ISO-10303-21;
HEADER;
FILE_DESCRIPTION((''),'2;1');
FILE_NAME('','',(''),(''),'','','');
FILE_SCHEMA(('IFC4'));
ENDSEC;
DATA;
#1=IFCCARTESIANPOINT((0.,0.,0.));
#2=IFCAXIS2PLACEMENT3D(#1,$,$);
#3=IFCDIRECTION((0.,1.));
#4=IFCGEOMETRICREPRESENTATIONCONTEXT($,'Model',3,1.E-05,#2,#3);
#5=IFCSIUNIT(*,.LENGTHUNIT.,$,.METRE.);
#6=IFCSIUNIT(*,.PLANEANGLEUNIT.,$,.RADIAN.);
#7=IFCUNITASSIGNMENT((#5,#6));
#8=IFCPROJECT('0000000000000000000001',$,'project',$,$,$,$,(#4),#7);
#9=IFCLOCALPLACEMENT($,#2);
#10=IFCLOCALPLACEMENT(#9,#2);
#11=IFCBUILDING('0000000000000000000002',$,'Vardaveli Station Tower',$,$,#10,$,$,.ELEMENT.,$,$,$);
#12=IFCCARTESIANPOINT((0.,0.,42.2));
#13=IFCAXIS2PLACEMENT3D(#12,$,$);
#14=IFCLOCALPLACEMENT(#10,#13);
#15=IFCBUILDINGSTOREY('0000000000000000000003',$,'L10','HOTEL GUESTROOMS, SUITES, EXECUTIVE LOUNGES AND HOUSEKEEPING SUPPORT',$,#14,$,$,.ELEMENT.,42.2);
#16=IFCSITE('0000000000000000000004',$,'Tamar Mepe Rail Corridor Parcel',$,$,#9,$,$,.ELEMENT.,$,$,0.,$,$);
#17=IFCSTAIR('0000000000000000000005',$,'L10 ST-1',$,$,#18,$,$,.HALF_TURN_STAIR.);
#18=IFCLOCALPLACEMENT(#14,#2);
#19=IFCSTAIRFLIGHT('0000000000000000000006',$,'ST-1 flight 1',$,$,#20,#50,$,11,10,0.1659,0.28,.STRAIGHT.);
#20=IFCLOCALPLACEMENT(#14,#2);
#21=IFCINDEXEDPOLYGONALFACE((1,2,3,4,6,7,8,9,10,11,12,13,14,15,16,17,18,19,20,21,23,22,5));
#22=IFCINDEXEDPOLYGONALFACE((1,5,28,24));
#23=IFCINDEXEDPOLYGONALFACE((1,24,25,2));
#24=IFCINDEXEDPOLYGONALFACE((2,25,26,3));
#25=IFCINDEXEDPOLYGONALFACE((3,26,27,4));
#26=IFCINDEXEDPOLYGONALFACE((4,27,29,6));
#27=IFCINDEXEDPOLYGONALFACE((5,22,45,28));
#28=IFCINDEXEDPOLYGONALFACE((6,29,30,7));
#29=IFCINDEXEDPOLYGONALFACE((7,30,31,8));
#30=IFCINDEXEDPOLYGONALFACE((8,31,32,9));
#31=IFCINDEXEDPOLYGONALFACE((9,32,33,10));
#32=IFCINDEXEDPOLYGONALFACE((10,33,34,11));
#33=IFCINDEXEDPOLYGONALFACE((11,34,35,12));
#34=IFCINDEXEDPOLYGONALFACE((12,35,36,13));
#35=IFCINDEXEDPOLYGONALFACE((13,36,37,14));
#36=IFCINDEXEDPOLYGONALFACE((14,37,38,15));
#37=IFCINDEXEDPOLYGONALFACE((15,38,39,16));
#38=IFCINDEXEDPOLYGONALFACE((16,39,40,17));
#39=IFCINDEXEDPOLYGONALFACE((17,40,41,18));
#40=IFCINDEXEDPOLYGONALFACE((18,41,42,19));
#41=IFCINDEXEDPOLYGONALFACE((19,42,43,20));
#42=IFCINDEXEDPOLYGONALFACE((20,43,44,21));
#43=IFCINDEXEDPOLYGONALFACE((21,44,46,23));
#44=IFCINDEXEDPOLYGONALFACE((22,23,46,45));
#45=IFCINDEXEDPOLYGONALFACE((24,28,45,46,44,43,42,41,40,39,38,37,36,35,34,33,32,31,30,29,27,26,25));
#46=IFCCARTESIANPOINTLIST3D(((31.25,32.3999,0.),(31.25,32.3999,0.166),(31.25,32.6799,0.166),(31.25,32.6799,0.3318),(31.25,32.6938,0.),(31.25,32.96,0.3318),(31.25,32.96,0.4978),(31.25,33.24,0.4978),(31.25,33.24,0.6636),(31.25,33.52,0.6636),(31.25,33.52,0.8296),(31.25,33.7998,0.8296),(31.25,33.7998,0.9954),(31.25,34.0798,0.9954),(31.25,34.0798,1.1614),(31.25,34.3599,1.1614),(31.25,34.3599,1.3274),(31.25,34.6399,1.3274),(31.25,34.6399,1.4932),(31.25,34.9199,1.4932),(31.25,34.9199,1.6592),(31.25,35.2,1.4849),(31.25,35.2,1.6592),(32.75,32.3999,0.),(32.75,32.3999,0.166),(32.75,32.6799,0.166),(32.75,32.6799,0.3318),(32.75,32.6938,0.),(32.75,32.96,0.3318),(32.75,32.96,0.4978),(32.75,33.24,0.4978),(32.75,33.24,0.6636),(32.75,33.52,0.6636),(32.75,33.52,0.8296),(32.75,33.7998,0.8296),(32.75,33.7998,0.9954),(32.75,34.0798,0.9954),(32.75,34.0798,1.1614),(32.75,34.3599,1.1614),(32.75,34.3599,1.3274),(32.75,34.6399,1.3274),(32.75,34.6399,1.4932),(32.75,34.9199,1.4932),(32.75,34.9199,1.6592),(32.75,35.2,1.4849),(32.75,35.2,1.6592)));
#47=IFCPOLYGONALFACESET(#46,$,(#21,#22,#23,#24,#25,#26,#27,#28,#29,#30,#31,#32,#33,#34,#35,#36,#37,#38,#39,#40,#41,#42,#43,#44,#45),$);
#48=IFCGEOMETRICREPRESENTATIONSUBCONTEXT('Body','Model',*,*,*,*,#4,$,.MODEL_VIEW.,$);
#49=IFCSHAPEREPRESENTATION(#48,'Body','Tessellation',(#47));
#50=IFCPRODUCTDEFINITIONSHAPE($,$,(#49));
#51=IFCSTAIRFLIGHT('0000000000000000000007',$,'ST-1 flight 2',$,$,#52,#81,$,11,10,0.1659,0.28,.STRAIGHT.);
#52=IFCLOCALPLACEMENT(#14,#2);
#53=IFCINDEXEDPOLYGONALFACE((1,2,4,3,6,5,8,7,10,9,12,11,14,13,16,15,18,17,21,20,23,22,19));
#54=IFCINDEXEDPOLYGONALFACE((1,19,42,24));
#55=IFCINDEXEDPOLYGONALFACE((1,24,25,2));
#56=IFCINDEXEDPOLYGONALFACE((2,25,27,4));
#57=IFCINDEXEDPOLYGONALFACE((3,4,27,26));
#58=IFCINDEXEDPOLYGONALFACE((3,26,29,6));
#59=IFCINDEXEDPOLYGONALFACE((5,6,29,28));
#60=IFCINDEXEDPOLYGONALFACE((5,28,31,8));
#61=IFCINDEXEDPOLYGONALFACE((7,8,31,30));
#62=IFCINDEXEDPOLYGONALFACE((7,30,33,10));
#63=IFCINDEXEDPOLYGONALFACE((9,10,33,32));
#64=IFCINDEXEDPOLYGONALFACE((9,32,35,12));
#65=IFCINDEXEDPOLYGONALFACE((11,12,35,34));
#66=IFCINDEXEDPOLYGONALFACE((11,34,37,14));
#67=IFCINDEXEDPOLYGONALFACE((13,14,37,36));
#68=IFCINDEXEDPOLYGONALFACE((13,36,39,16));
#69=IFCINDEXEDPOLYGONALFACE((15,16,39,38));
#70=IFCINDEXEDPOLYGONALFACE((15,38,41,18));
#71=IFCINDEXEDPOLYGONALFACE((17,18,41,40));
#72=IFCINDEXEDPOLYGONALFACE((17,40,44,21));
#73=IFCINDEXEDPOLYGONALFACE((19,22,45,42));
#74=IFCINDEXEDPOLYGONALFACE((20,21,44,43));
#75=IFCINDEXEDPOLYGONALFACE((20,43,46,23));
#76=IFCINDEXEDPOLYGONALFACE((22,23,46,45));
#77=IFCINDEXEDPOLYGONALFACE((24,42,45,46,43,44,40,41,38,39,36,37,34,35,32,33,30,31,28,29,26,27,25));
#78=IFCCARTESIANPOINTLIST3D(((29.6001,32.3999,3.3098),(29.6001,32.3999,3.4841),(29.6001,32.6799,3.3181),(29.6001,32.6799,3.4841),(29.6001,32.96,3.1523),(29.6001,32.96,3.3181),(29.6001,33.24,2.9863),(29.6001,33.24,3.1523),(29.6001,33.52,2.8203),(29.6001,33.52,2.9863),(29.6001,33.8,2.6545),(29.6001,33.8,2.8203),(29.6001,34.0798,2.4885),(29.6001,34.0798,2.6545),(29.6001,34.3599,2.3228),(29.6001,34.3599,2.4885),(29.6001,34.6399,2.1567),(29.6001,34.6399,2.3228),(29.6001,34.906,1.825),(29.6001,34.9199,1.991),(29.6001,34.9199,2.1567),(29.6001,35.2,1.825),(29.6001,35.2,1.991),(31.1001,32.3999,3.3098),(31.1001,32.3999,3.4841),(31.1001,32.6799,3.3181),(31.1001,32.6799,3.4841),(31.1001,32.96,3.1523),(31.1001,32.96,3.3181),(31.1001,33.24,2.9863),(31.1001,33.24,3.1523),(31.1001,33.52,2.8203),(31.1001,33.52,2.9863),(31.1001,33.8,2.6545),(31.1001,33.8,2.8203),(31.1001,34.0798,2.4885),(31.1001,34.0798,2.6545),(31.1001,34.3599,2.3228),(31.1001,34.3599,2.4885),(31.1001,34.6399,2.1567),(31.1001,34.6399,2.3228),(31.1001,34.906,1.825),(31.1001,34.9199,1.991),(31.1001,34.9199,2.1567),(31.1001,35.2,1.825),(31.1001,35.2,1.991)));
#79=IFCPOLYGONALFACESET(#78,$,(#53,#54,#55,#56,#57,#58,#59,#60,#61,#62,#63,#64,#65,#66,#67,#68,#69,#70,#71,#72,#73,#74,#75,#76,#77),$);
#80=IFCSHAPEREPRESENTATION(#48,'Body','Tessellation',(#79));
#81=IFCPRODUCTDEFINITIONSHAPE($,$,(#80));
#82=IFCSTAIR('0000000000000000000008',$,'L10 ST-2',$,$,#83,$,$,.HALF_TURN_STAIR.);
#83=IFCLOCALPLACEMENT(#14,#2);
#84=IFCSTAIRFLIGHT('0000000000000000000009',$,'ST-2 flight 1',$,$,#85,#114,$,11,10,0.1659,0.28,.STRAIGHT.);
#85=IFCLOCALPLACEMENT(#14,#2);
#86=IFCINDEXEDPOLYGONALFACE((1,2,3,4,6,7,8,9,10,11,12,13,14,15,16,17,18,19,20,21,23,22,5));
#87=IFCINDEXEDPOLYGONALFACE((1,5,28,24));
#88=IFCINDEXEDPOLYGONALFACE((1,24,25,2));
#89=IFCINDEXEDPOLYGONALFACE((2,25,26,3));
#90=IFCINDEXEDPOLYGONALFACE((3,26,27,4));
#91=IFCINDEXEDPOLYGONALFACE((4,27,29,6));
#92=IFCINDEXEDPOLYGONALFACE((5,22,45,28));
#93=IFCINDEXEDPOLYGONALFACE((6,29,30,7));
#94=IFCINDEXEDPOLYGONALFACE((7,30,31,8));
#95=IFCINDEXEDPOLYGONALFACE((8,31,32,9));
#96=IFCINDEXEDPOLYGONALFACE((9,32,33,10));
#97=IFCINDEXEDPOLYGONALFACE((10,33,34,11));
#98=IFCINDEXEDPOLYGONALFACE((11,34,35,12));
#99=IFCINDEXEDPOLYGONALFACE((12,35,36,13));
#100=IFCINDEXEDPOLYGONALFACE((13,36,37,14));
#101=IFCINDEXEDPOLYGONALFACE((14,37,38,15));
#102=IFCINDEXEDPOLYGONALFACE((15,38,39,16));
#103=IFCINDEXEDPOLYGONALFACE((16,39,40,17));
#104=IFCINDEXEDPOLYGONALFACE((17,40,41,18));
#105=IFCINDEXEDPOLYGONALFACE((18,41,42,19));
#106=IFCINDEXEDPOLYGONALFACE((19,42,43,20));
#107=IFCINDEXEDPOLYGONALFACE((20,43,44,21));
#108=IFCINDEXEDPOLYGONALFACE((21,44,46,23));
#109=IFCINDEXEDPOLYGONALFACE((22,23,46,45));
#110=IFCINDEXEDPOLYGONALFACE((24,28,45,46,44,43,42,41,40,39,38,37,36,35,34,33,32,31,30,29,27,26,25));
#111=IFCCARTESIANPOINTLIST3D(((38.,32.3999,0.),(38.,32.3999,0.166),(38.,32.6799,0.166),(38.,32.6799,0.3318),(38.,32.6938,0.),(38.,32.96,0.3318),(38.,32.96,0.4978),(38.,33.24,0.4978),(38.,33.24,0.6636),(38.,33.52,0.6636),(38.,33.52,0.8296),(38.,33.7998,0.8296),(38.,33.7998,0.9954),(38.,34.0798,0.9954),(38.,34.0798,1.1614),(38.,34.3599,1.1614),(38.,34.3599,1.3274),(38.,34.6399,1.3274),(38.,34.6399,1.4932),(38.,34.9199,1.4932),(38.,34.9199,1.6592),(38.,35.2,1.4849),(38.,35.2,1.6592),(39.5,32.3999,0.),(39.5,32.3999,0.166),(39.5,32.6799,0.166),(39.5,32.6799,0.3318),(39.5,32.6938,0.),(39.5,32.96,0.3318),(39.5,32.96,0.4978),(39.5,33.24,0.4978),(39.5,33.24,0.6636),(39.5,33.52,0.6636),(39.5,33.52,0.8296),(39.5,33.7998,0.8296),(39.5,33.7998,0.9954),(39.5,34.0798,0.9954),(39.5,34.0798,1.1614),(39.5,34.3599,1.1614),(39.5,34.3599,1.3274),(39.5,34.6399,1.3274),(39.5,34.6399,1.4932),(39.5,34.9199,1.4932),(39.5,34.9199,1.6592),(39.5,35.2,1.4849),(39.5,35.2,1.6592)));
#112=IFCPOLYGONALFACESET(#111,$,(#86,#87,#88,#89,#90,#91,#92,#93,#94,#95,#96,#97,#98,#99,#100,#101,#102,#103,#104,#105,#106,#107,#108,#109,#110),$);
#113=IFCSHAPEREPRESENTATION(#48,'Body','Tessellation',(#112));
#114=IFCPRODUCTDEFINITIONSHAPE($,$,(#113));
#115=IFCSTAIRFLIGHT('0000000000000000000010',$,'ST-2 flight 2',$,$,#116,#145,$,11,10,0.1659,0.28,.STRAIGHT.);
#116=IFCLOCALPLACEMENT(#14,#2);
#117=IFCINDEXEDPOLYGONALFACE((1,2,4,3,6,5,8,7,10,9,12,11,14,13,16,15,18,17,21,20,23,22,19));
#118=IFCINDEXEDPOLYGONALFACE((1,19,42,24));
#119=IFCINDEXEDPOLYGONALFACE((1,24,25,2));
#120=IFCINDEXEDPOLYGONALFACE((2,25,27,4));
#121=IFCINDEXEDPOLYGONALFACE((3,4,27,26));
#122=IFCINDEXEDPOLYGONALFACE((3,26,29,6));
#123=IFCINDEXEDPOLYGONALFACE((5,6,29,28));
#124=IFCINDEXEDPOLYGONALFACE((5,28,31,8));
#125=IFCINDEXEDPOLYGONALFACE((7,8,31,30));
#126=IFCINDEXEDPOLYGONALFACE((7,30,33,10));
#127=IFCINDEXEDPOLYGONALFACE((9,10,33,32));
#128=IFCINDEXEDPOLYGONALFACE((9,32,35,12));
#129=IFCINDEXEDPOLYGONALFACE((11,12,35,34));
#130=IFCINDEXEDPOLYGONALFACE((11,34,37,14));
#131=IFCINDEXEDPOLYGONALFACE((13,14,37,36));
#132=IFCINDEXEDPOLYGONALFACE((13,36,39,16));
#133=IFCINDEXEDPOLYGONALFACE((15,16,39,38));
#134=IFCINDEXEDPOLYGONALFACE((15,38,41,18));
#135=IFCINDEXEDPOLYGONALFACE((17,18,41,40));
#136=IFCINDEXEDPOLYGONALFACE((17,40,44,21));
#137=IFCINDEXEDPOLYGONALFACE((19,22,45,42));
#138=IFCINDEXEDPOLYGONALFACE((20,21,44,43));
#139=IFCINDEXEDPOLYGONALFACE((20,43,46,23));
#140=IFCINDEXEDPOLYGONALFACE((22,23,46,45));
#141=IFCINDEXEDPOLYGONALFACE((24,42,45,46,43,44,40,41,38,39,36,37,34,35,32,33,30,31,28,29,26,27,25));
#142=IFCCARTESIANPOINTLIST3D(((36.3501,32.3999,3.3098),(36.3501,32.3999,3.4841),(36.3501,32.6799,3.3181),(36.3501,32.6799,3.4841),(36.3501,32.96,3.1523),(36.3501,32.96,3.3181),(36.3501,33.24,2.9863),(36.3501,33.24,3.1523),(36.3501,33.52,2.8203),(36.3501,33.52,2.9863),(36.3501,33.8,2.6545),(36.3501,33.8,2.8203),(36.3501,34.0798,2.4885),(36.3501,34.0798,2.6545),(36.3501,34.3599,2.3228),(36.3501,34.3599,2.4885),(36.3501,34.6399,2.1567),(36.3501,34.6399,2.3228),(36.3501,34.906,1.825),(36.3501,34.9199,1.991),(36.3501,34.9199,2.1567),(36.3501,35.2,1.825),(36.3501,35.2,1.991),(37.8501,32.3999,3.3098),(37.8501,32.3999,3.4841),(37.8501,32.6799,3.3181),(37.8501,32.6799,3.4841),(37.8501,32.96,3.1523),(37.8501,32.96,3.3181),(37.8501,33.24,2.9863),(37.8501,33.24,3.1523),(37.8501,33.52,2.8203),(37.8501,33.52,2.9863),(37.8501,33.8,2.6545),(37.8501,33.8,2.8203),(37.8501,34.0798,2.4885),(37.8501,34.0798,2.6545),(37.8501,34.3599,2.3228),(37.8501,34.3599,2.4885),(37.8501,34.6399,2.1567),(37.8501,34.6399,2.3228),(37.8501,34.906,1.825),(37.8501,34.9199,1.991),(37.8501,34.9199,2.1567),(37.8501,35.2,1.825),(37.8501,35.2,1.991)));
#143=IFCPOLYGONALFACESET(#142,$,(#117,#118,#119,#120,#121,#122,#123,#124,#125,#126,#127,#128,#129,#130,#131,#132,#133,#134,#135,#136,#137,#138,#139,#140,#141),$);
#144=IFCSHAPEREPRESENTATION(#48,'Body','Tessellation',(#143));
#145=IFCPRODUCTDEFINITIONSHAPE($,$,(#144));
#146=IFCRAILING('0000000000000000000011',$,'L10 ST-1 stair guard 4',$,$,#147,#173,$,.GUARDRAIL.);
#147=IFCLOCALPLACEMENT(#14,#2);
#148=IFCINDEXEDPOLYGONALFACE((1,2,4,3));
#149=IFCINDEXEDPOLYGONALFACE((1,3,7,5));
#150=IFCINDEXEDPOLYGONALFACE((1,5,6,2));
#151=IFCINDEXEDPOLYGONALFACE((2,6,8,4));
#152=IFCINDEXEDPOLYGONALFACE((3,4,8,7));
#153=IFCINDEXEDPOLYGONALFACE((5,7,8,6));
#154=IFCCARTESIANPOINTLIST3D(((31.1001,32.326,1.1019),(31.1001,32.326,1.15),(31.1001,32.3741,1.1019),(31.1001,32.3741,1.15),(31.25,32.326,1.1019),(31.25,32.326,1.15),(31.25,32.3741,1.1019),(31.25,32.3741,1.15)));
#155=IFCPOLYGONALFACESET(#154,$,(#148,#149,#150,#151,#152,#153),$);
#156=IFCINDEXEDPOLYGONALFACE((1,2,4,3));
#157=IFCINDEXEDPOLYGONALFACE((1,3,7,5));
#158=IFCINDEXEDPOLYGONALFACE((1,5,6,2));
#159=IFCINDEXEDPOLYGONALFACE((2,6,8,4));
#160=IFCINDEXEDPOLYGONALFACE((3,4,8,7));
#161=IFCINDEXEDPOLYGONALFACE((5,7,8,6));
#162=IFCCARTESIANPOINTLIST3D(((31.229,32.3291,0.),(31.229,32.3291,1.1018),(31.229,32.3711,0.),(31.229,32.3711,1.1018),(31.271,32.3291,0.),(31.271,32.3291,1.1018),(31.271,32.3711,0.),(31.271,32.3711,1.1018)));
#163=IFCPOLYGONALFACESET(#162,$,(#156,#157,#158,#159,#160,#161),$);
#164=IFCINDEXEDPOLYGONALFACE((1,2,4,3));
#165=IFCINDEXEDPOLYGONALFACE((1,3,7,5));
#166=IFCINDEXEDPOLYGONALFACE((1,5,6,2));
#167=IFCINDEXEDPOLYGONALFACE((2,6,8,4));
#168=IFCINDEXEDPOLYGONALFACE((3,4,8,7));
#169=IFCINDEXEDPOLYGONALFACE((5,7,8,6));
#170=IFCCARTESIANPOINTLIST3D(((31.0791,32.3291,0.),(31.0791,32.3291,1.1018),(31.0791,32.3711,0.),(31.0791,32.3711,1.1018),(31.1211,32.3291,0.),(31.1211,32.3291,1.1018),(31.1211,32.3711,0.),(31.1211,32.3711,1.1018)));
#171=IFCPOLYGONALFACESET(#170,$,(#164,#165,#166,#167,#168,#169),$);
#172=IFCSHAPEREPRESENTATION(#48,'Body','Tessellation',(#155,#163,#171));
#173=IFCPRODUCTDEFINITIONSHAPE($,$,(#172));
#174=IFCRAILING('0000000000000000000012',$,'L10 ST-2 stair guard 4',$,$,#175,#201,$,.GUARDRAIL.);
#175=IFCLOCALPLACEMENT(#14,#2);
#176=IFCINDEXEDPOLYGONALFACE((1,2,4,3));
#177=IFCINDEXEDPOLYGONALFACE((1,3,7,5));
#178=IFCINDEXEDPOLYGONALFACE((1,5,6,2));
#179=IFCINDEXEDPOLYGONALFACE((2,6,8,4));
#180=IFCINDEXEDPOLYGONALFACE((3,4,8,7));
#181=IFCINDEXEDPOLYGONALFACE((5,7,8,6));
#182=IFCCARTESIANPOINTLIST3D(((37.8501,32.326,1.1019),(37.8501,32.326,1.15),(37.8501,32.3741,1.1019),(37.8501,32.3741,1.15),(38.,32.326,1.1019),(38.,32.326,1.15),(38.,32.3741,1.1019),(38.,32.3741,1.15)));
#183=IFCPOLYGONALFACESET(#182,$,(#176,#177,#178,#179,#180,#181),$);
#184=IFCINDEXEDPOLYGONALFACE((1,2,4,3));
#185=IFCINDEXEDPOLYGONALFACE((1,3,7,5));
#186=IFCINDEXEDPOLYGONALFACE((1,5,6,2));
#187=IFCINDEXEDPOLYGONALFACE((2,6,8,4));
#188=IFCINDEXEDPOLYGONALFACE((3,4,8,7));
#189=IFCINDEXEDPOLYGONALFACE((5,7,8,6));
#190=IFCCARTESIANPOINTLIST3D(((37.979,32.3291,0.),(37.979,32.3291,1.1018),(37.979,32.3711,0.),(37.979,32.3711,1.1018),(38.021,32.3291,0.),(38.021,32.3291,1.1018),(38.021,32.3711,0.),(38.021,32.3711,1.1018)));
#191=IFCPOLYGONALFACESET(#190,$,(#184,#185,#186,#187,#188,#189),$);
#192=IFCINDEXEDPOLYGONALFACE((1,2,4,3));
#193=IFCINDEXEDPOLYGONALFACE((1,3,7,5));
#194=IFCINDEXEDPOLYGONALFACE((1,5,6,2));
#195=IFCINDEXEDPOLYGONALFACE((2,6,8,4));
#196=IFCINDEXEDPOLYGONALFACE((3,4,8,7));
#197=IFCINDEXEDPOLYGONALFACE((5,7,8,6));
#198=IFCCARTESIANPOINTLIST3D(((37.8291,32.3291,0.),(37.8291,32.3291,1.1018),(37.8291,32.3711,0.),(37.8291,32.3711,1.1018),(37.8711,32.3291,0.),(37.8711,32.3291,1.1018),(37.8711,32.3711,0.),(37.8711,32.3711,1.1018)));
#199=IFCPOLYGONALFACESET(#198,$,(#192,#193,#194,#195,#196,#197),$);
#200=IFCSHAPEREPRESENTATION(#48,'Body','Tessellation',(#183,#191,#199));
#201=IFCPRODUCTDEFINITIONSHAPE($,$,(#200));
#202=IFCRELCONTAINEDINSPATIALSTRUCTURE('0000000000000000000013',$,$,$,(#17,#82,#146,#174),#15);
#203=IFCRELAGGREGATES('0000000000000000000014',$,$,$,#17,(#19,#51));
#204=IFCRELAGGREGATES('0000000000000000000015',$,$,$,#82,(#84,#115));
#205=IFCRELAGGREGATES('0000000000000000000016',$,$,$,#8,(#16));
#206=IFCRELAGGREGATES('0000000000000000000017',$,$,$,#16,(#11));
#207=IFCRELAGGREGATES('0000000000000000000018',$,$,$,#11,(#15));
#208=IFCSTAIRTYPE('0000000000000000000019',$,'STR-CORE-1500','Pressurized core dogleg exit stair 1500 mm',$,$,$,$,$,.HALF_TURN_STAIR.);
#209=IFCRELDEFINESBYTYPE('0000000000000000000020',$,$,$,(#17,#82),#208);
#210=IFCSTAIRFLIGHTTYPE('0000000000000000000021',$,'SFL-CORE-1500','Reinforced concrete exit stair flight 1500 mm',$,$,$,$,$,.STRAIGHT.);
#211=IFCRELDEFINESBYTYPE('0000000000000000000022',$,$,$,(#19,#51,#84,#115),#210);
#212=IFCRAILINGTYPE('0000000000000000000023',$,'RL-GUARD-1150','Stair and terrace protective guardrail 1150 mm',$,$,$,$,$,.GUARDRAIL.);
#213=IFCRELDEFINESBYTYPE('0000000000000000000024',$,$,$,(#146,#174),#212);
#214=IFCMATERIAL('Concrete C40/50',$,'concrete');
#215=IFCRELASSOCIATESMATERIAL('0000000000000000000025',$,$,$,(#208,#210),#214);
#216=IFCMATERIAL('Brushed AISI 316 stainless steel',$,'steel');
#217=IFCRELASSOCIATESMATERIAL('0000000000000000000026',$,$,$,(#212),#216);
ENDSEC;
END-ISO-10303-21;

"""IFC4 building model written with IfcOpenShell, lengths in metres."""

from ifc_helpers import new_model, si_unit, direction, frame, origin, origin_2d, place, context, subcontext, project, spatial, polyline, rectangle, outline, extrude, source, transform, mapped, material, type_object, element, aggregate, save


model = new_model("IFC4")

# Units and contexts
model_context = context("Model", 3, precision=1e-05, world=origin(), true_north=direction((0.0, 1.0)))
body_context = subcontext(model_context, "Body", "Model", "MODEL_VIEW")
ifc_project = project(units=[si_unit("LENGTHUNIT", "METRE"), si_unit("PLANEANGLEUNIT", "RADIAN")], contexts=[model_context])

# Site, building, storey
site_placement = place(None, origin())
site = spatial("IfcSite", under=ifc_project, at=site_placement, Name="Tamar Mepe Rail Corridor Parcel", CompositionType="ELEMENT", RefElevation=0.0)
building_placement = place(site_placement, origin())
building = spatial("IfcBuilding", under=site, at=building_placement, Name="Vardaveli Station Tower", CompositionType="ELEMENT")
storey_placement = place(building_placement, frame((0.0, 0.0, 42.2)))
storey = spatial("IfcBuildingStorey", under=building, at=storey_placement, Name="L10", Description="HOTEL GUESTROOMS, SUITES, EXECUTIVE LOUNGES AND HOUSEKEEPING SUPPORT", CompositionType="ELEMENT", Elevation=42.2)

# Shared definitions
ifc_material_1 = material(Name="Concrete C40/50", Category="concrete")

# Stairs, stair flights
stair_type = type_object("IfcStairType", Name="STR-CORE-1500", Description="Pressurized core dogleg exit stair 1500 mm", PredefinedType="HALF_TURN_STAIR", material=ifc_material_1)
stair_1_placement = place(storey_placement, origin())
stair_1 = element("IfcStair", 1, at=stair_1_placement, inside=storey, type_object=stair_type, Name="L10 ST-1", PredefinedType="HALF_TURN_STAIR")
stair_flight_type = type_object("IfcStairFlightType", Name="SFL-CORE-1500", Description="Reinforced concrete exit stair flight 1500 mm", PredefinedType="STRAIGHT", material=ifc_material_1)
shared_shape_1 = source(origin(), body_context, "Body", "SweptSolid", [
    extrude(outline(polyline([(0.0, 0.0), (0.0, 0.166), (0.28, 0.166), (0.28, 0.3318), (0.5601, 0.3318), (0.5601, 0.4978), (0.8401, 0.4978), (0.8401, 0.6636), (1.1201, 0.6636), (1.1201, 0.8296), (1.3999, 0.8296), (1.3999, 0.9954), (1.6799, 0.9954), (1.6799, 1.1614), (1.96, 1.1614), (1.96, 1.3274), (2.24, 1.3274), (2.24, 1.4932), (2.52, 1.4932), (2.52, 1.6592), (2.8, 1.6592), (2.8, 1.825), (2.8, 1.4849), (0.2939, 0.0), (0.0, 0.0)])), frame((0.0, 0.75, 0.0), z_axis=(0.0, -1.0, 0.0), x_axis=(1.0, 0.0, 0.0)), (0.0, 0.0, 1.0), 1.5),
])
stair_flight_1_placement = place(storey_placement, frame((32.0, 32.3999, 0.0), z_axis=(0.0, 0.0, 1.0), x_axis=(0.0, 1.0, 0.0)))
stair_flight_1 = element("IfcStairFlight", 2, at=stair_flight_1_placement, type_object=stair_flight_type, Name="ST-1 flight 1", NumberOfRisers=11, NumberOfTreads=10, PredefinedType="STRAIGHT", RiserHeight=0.1659, TreadLength=0.28, context=body_context, shape_type="MappedRepresentation", body=[
    mapped(shared_shape_1, transform((0.0, 0.0, 0.0), scale=1.0)),
])
stair_flight_2_placement = place(storey_placement, frame((30.3501, 35.2, 1.825), z_axis=(0.0, 0.0, 1.0), x_axis=(0.0, -1.0, 0.0)))
stair_flight_2 = element("IfcStairFlight", 3, at=stair_flight_2_placement, type_object=stair_flight_type, Name="ST-1 flight 2", NumberOfRisers=11, NumberOfTreads=10, PredefinedType="STRAIGHT", RiserHeight=0.1659, TreadLength=0.28, context=body_context, shape_type="MappedRepresentation", body=[
    mapped(shared_shape_1, transform((0.0, 0.0, 0.0), scale=1.0)),
])
aggregate(stair_1, [stair_flight_1, stair_flight_2])
stair_2_placement = place(storey_placement, origin())
stair_2 = element("IfcStair", 4, at=stair_2_placement, inside=storey, type_object=stair_type, Name="L10 ST-2", PredefinedType="HALF_TURN_STAIR")
stair_flight_3_placement = place(storey_placement, frame((38.75, 32.3999, 0.0), z_axis=(0.0, 0.0, 1.0), x_axis=(0.0, 1.0, 0.0)))
stair_flight_3 = element("IfcStairFlight", 5, at=stair_flight_3_placement, type_object=stair_flight_type, Name="ST-2 flight 1", NumberOfRisers=11, NumberOfTreads=10, PredefinedType="STRAIGHT", RiserHeight=0.1659, TreadLength=0.28, context=body_context, shape_type="MappedRepresentation", body=[
    mapped(shared_shape_1, transform((0.0, 0.0, 0.0), scale=1.0)),
])
stair_flight_4_placement = place(storey_placement, frame((37.1001, 35.2, 1.825), z_axis=(0.0, 0.0, 1.0), x_axis=(0.0, -1.0, 0.0)))
stair_flight_4 = element("IfcStairFlight", 6, at=stair_flight_4_placement, type_object=stair_flight_type, Name="ST-2 flight 2", NumberOfRisers=11, NumberOfTreads=10, PredefinedType="STRAIGHT", RiserHeight=0.1659, TreadLength=0.28, context=body_context, shape_type="MappedRepresentation", body=[
    mapped(shared_shape_1, transform((0.0, 0.0, 0.0), scale=1.0)),
])
aggregate(stair_2, [stair_flight_3, stair_flight_4])

# Railings
ifc_material_2 = material(Name="Brushed AISI 316 stainless steel", Category="steel")
railing_type_1 = type_object("IfcRailingType", Name="RL-GUARD-1150", Description="Stair and terrace protective guardrail 1150 mm", PredefinedType="GUARDRAIL", material=ifc_material_2)
shared_shape_2 = source(origin(), body_context, "Body", "SweptSolid", [
    extrude(rectangle(XDim=0.0481, YDim=0.0481, at=origin_2d()), frame((0.0, 0.0, 1.126), z_axis=(-1.0, 0.0, 0.0), x_axis=(0.0, -1.0, 0.0)), (0.0, 0.0, 1.0), 0.1499),
    extrude(rectangle(XDim=0.042, YDim=0.042, at=origin_2d()), origin(), (0.0, 0.0, 1.0), 1.1018),
    extrude(rectangle(XDim=0.042, YDim=0.042, at=origin_2d()), frame((-0.1499, 0.0, 0.0)), (0.0, 0.0, 1.0), 1.1018),
])
for number, where, name in (
    (7, (31.25, 32.3501, 0.0), "L10 ST-1 stair guard 4"),
    (8, (38.0, 32.3501, 0.0), "L10 ST-2 stair guard 4"),
):
    element("IfcRailing", number, at=place(storey_placement, frame(where)), inside=storey, type_object=railing_type_1, Name=name, PredefinedType="GUARDRAIL", context=body_context, shape_type="MappedRepresentation", body=[
        mapped(shared_shape_2, transform((0.0, 0.0, 0.0), scale=1.0)),
    ])

save(model, "model.ifc")
